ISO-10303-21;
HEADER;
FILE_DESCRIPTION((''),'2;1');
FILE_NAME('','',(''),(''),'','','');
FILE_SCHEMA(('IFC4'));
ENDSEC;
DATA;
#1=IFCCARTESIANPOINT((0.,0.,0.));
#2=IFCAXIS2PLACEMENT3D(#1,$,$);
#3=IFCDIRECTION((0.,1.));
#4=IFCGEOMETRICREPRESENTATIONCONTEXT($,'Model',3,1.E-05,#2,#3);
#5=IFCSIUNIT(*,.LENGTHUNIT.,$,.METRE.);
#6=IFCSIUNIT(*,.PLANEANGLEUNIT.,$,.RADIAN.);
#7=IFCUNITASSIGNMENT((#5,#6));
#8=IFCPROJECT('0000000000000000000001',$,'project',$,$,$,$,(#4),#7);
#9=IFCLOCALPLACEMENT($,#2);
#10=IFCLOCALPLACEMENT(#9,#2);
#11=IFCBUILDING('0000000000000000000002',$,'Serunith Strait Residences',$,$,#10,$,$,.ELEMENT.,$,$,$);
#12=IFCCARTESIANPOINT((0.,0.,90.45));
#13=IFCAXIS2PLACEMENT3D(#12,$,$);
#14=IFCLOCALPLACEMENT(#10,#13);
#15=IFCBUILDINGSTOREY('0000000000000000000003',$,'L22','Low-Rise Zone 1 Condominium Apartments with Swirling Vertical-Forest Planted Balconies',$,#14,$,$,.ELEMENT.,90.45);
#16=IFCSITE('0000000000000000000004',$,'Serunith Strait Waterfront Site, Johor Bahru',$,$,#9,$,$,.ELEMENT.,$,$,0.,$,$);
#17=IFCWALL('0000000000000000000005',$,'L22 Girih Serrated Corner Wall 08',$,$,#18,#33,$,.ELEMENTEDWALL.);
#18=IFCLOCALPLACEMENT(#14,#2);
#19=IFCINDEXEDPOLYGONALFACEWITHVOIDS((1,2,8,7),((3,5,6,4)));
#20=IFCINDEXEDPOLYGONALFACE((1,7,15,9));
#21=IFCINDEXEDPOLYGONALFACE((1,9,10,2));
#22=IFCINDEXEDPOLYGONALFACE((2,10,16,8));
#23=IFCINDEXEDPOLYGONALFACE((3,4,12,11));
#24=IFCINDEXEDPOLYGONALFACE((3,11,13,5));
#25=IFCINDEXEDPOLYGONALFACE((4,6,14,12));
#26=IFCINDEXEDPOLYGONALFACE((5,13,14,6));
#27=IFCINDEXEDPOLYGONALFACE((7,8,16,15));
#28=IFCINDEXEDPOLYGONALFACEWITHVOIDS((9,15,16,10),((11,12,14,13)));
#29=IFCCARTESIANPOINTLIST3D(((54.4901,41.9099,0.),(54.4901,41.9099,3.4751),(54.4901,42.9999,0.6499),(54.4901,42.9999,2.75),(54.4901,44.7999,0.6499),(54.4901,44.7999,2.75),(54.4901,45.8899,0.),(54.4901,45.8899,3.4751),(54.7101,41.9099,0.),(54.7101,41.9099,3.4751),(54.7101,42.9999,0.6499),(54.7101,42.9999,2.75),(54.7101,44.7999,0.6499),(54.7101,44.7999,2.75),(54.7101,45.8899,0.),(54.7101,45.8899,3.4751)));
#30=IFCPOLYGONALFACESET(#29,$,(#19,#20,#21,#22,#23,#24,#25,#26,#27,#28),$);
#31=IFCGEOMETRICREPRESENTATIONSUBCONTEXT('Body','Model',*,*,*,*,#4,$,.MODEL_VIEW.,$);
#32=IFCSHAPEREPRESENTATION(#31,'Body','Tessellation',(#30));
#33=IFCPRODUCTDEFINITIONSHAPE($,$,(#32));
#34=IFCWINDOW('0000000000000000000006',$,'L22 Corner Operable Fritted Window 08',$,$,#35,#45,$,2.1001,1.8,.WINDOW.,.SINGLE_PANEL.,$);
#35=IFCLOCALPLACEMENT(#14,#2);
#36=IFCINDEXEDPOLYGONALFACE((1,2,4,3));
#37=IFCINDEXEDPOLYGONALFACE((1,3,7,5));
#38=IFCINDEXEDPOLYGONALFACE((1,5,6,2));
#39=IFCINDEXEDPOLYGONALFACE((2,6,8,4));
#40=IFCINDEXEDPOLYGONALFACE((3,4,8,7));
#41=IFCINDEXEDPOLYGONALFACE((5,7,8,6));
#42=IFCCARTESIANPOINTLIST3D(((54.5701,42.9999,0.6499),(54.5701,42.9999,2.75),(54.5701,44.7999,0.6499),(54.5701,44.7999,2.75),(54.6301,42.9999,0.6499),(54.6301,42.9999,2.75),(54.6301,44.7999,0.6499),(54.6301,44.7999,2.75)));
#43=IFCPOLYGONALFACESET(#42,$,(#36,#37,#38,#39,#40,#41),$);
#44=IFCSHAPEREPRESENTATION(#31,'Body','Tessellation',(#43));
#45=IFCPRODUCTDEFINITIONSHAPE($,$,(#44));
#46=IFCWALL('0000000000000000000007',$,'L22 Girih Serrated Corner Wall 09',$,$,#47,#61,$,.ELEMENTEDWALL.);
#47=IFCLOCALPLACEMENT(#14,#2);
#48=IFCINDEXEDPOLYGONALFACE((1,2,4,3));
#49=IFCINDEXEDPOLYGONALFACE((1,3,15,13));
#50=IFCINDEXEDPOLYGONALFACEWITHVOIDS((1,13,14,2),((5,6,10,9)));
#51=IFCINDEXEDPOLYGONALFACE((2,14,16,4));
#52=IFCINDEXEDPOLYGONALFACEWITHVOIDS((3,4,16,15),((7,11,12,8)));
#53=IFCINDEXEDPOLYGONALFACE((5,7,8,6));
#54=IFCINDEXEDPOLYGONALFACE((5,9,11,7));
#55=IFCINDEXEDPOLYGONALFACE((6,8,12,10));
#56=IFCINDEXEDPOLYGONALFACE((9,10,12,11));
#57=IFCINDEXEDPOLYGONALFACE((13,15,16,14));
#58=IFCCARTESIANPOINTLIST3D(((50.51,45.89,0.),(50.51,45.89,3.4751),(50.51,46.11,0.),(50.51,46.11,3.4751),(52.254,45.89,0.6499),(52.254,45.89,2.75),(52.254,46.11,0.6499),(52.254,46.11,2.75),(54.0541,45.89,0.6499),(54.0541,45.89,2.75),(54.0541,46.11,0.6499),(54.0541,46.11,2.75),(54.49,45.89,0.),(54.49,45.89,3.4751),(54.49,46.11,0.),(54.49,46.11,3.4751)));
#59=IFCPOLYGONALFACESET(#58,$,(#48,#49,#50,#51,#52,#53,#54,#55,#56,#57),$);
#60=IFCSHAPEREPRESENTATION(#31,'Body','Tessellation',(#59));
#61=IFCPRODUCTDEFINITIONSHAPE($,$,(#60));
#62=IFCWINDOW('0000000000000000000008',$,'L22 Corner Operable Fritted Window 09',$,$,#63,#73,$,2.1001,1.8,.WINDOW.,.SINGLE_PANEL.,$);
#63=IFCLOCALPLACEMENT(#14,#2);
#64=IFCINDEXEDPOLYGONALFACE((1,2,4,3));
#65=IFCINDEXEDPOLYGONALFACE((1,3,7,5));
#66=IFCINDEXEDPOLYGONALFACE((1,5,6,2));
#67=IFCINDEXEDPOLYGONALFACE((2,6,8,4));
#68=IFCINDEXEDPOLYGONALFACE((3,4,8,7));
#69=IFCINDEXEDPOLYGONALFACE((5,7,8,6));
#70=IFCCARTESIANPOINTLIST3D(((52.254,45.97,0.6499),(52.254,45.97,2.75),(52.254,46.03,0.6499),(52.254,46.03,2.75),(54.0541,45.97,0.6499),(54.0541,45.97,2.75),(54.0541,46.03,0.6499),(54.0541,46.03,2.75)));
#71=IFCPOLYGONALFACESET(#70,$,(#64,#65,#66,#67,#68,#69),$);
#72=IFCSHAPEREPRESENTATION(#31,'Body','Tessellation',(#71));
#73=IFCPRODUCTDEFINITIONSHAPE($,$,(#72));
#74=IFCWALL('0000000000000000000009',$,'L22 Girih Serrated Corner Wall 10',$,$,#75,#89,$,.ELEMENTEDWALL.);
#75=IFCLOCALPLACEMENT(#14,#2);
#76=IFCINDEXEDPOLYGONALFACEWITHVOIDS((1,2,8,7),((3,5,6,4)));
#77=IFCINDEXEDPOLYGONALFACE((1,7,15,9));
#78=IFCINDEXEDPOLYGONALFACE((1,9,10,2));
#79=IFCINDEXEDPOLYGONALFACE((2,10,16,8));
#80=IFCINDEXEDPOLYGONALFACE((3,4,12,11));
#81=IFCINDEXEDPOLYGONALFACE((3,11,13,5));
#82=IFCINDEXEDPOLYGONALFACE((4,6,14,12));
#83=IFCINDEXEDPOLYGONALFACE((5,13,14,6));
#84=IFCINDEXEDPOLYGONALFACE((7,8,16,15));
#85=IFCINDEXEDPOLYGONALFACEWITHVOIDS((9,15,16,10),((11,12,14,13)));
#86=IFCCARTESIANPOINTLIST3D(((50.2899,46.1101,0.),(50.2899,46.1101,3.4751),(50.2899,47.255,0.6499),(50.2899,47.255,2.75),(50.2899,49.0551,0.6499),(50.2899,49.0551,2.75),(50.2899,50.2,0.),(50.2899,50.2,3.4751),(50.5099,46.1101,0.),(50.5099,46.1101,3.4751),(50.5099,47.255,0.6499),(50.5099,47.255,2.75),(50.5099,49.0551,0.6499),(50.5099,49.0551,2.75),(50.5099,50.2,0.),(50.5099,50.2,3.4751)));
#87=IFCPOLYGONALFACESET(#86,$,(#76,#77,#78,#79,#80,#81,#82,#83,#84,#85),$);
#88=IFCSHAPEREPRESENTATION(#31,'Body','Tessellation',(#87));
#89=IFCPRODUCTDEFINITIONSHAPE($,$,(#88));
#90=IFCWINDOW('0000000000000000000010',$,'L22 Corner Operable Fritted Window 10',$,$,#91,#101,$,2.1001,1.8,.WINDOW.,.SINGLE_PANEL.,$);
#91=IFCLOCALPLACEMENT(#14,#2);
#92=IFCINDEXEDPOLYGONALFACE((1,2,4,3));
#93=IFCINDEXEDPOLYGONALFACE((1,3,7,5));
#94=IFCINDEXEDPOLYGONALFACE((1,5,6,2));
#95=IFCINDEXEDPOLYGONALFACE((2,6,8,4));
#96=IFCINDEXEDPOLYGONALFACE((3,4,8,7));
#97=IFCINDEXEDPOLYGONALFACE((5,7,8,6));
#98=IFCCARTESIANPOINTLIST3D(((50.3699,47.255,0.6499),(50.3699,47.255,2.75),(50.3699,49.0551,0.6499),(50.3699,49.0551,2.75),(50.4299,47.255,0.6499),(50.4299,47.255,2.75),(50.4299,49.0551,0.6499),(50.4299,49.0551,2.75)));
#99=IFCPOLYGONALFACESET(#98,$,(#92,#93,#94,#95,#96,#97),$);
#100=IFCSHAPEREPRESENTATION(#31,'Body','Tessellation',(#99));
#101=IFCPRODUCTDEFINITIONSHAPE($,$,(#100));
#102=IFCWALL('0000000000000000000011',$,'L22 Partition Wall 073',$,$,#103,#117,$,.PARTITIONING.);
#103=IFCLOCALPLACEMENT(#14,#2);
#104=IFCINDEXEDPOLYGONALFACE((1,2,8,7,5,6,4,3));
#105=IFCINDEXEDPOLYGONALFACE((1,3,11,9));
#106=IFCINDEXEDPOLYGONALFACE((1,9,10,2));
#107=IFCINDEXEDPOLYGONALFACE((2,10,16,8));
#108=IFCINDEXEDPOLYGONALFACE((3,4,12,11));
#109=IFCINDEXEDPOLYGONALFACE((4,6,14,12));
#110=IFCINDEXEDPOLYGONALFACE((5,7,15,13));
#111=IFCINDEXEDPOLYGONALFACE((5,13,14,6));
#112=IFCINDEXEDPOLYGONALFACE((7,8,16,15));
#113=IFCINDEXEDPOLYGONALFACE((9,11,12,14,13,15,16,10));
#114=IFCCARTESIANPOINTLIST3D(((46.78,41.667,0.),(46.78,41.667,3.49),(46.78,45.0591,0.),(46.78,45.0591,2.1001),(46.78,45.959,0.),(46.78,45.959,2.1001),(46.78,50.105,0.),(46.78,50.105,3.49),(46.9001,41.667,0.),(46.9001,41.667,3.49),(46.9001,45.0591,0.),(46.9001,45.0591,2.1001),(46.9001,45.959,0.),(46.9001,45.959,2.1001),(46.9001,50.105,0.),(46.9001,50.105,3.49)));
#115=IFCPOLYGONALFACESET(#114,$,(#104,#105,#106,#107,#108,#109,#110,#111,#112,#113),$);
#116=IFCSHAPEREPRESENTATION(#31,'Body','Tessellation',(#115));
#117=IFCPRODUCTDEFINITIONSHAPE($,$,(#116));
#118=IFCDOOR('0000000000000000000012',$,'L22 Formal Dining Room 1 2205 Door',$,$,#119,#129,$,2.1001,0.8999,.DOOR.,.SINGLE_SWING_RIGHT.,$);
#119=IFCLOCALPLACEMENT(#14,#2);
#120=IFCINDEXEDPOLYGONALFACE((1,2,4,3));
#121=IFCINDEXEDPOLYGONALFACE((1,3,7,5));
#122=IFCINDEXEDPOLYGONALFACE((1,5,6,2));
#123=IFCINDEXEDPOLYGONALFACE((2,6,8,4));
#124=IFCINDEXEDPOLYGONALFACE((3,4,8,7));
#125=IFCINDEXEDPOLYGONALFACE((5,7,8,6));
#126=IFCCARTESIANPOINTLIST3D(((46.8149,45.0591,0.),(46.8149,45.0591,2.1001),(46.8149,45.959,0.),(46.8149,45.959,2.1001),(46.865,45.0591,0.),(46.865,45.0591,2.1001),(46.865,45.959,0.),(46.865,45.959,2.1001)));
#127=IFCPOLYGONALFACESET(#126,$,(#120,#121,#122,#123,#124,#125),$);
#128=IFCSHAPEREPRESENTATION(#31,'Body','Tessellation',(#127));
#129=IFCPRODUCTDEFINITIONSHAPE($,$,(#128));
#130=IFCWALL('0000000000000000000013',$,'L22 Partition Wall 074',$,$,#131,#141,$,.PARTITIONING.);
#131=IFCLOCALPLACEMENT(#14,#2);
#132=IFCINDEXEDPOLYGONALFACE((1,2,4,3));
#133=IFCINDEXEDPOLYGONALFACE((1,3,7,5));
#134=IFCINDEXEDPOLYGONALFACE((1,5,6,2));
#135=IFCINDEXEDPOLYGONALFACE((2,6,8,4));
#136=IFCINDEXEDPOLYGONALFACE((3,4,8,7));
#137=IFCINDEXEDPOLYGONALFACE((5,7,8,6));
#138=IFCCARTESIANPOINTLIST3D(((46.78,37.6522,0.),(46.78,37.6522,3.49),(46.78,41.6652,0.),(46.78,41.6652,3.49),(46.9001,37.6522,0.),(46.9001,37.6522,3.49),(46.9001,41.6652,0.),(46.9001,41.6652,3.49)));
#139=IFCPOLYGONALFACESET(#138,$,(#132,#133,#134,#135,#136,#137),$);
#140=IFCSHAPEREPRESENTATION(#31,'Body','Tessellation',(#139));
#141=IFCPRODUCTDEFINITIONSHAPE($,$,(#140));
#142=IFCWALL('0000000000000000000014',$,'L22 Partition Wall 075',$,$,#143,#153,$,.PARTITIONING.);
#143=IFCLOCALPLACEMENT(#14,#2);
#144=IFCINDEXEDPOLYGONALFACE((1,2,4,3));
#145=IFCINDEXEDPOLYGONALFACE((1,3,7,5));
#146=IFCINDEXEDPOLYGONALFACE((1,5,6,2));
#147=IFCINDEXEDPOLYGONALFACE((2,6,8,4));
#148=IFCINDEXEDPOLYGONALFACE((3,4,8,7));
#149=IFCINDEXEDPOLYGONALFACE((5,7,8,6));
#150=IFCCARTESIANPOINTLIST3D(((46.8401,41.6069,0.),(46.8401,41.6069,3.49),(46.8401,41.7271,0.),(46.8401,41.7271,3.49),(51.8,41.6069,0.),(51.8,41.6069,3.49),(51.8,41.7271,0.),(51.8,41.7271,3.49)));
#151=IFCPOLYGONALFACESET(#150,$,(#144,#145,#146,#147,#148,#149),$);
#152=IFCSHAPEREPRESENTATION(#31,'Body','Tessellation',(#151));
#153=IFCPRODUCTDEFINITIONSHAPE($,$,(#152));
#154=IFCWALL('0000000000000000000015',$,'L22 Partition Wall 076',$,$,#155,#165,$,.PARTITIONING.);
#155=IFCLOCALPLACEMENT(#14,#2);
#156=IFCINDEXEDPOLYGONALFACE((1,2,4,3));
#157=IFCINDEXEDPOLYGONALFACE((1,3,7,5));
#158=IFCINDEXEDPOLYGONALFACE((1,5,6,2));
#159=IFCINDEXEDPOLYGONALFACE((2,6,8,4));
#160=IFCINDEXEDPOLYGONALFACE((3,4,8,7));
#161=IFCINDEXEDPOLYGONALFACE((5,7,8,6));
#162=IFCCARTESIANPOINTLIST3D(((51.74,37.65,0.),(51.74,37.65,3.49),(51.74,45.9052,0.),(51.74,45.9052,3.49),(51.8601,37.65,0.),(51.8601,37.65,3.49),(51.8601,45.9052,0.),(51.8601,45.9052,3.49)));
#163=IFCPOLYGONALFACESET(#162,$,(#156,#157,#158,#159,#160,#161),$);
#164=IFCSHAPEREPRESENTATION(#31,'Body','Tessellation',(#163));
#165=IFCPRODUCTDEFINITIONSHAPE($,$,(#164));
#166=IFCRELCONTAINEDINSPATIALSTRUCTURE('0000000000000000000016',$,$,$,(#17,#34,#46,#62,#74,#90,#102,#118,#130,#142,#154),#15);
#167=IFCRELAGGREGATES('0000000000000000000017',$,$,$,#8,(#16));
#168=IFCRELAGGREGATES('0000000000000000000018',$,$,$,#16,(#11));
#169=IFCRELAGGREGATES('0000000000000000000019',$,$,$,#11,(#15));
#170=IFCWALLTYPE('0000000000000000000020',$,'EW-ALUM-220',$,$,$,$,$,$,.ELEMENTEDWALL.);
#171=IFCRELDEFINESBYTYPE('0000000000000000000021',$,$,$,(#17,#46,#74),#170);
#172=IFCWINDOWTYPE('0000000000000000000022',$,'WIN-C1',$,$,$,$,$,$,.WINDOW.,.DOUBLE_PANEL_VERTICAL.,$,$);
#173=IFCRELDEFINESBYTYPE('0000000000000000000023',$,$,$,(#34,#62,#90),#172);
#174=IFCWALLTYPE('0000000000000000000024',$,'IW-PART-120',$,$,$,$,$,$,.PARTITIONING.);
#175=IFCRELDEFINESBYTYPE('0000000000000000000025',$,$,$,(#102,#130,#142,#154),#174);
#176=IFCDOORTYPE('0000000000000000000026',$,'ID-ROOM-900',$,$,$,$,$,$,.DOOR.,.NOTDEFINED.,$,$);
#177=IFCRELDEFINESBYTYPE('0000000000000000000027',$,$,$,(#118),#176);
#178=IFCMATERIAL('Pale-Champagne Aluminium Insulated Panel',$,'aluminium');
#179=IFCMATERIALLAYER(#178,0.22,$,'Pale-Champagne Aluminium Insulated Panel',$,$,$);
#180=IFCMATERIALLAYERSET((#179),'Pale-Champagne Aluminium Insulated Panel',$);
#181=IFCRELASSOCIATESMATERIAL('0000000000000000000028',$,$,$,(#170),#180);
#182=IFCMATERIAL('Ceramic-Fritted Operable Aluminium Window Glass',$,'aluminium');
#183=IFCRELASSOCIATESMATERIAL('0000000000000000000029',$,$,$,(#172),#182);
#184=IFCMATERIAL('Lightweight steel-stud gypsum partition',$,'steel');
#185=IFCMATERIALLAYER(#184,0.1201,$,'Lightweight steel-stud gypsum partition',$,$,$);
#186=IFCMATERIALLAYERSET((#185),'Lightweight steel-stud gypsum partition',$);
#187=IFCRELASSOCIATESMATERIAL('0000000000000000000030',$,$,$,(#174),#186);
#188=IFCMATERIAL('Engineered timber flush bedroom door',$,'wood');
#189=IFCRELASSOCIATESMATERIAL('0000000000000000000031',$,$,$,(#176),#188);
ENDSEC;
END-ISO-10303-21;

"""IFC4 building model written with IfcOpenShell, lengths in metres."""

from ifc_helpers import new_model, si_unit, direction, frame, frame_2d, origin, place, context, subcontext, project, spatial, rectangle, extrude, source, transform, mapped, material, layer, layer_set, type_object, element, fill, save


model = new_model("IFC4")

# Units and contexts
model_context = context("Model", 3, precision=1e-05, world=origin(), true_north=direction((0.0, 1.0)))
body_context = subcontext(model_context, "Body", "Model", "MODEL_VIEW")
ifc_project = project(units=[si_unit("LENGTHUNIT", "METRE"), si_unit("PLANEANGLEUNIT", "RADIAN")], contexts=[model_context])

# Site, building, storey
site_placement = place(None, origin())
site = spatial("IfcSite", under=ifc_project, at=site_placement, Name="Serunith Strait Waterfront Site, Johor Bahru", CompositionType="ELEMENT", RefElevation=0.0)
building_placement = place(site_placement, origin())
building = spatial("IfcBuilding", under=site, at=building_placement, Name="Serunith Strait Residences", CompositionType="ELEMENT")
storey_placement = place(building_placement, frame((0.0, 0.0, 90.45)))
storey = spatial("IfcBuildingStorey", under=building, at=storey_placement, Name="L22", Description="Low-Rise Zone 1 Condominium Apartments with Swirling Vertical-Forest Planted Balconies", CompositionType="ELEMENT", Elevation=90.45)

# Walls, openings, windows
ifc_material_1 = material(Name="Pale-Champagne Aluminium Insulated Panel", Category="aluminium")
ifc_layer_1 = layer(ifc_material_1, 0.22, Name="Pale-Champagne Aluminium Insulated Panel")
ifc_layer_set_1 = layer_set([ifc_layer_1], Name="Pale-Champagne Aluminium Insulated Panel")
wall_type_1 = type_object("IfcWallType", Name="EW-ALUM-220", PredefinedType="ELEMENTEDWALL", material=ifc_layer_set_1)
ifc_material_2 = material(Name="Ceramic-Fritted Operable Aluminium Window Glass", Category="aluminium")
window_type = type_object("IfcWindowType", Name="WIN-C1", PartitioningType="DOUBLE_PANEL_VERTICAL", PredefinedType="WINDOW", material=ifc_material_2)
shared_shape_1 = source(origin(), body_context, "Body", "SweptSolid", [
    extrude(rectangle(XDim=1.8, YDim=2.1001, at=frame_2d((0.8999, 1.05))), frame((0.0, 0.03, 0.0), z_axis=(0.0, -1.0, 0.0), x_axis=(1.0, 0.0, 0.0)), (0.0, 0.0, 1.0), 0.0601),
])
wall_1_placement = place(storey_placement, frame((54.6001, 41.9099, 0.0), z_axis=(0.0, 0.0, 1.0), x_axis=(0.0, 1.0, 0.0)))
wall_1 = element("IfcWall", 1, at=wall_1_placement, inside=storey, type_object=wall_type_1, Name="L22 Girih Serrated Corner Wall 08", PredefinedType="ELEMENTEDWALL", context=body_context, shape_type="SweptSolid", body=[
    extrude(rectangle(XDim=3.98, YDim=0.22, at=frame_2d((1.99, 0.0))), origin(), (0.0, 0.0, 1.0), 3.4751),
])
opening_1_placement = place(wall_1_placement, frame((1.0901, 0.0, 0.6499)))
opening_1 = element("IfcOpeningElement", 2, at=opening_1_placement, cuts=wall_1, PredefinedType="OPENING", context=body_context, shape_type="SweptSolid", body=[
    extrude(rectangle(XDim=1.8, YDim=2.1001, at=frame_2d((0.8999, 1.05))), frame((0.0, 0.1201, 0.0), z_axis=(0.0, -1.0, 0.0), x_axis=(1.0, 0.0, 0.0)), (0.0, 0.0, 1.0), 0.24),
])
window_1_placement = place(opening_1_placement, origin())
window_1 = element("IfcWindow", 3, at=window_1_placement, inside=storey, type_object=window_type, Name="L22 Corner Operable Fritted Window 08", OverallHeight=2.1001, OverallWidth=1.8, PartitioningType="SINGLE_PANEL", PredefinedType="WINDOW", context=body_context, shape_type="MappedRepresentation", body=[
    mapped(shared_shape_1, transform((0.0, 0.0, 0.0), scale=1.0)),
])
fill(opening_1, window_1)
wall_2_placement = place(storey_placement, frame((54.49, 46.0, 0.0), z_axis=(0.0, 0.0, 1.0), x_axis=(-1.0, 0.0, 0.0)))
wall_2 = element("IfcWall", 4, at=wall_2_placement, inside=storey, type_object=wall_type_1, Name="L22 Girih Serrated Corner Wall 09", PredefinedType="ELEMENTEDWALL", context=body_context, shape_type="SweptSolid", body=[
    extrude(rectangle(XDim=3.98, YDim=0.22, at=frame_2d((1.99, 0.0))), origin(), (0.0, 0.0, 1.0), 3.4751),
])
opening_2_placement = place(wall_2_placement, frame((0.436, 0.0, 0.6499)))
opening_2 = element("IfcOpeningElement", 5, at=opening_2_placement, cuts=wall_2, PredefinedType="OPENING", context=body_context, shape_type="SweptSolid", body=[
    extrude(rectangle(XDim=1.8, YDim=2.1001, at=frame_2d((0.8999, 1.05))), frame((0.0, 0.1201, 0.0), z_axis=(0.0, -1.0, 0.0), x_axis=(1.0, 0.0, 0.0)), (0.0, 0.0, 1.0), 0.24),
])
window_2_placement = place(opening_2_placement, origin())
window_2 = element("IfcWindow", 6, at=window_2_placement, inside=storey, type_object=window_type, Name="L22 Corner Operable Fritted Window 09", OverallHeight=2.1001, OverallWidth=1.8, PartitioningType="SINGLE_PANEL", PredefinedType="WINDOW", context=body_context, shape_type="MappedRepresentation", body=[
    mapped(shared_shape_1, transform((0.0, 0.0, 0.0), scale=1.0)),
])
fill(opening_2, window_2)
wall_3_placement = place(storey_placement, frame((50.3999, 46.1101, 0.0), z_axis=(0.0, 0.0, 1.0), x_axis=(0.0, 1.0, 0.0)))
wall_3 = element("IfcWall", 7, at=wall_3_placement, inside=storey, type_object=wall_type_1, Name="L22 Girih Serrated Corner Wall 10", PredefinedType="ELEMENTEDWALL", context=body_context, shape_type="SweptSolid", body=[
    extrude(rectangle(XDim=4.0898, YDim=0.22, at=frame_2d((2.0449, 0.0))), origin(), (0.0, 0.0, 1.0), 3.4751),
])
opening_3_placement = place(wall_3_placement, frame((1.145, 0.0, 0.6499)))
opening_3 = element("IfcOpeningElement", 8, at=opening_3_placement, cuts=wall_3, PredefinedType="OPENING", context=body_context, shape_type="SweptSolid", body=[
    extrude(rectangle(XDim=1.8, YDim=2.1001, at=frame_2d((0.8999, 1.05))), frame((0.0, 0.1201, 0.0), z_axis=(0.0, -1.0, 0.0), x_axis=(1.0, 0.0, 0.0)), (0.0, 0.0, 1.0), 0.24),
])
window_3_placement = place(opening_3_placement, origin())
window_3 = element("IfcWindow", 9, at=window_3_placement, inside=storey, type_object=window_type, Name="L22 Corner Operable Fritted Window 10", OverallHeight=2.1001, OverallWidth=1.8, PartitioningType="SINGLE_PANEL", PredefinedType="WINDOW", context=body_context, shape_type="MappedRepresentation", body=[
    mapped(shared_shape_1, transform((0.0, 0.0, 0.0), scale=1.0)),
])
fill(opening_3, window_3)

# Wall, opening, door
ifc_material_3 = material(Name="Lightweight steel-stud gypsum partition", Category="steel")
ifc_layer_2 = layer(ifc_material_3, 0.1201, Name="Lightweight steel-stud gypsum partition")
ifc_layer_set_2 = layer_set([ifc_layer_2], Name="Lightweight steel-stud gypsum partition")
wall_type_2 = type_object("IfcWallType", Name="IW-PART-120", PredefinedType="PARTITIONING", material=ifc_layer_set_2)
wall_4_placement = place(storey_placement, frame((46.8401, 50.105, 0.0), z_axis=(0.0, 0.0, 1.0), x_axis=(0.0, -1.0, 0.0)))
wall_4 = element("IfcWall", 10, at=wall_4_placement, inside=storey, type_object=wall_type_2, Name="L22 Partition Wall 073", PredefinedType="PARTITIONING", context=body_context, shape_type="SweptSolid", body=[
    extrude(rectangle(XDim=8.438, YDim=0.1201, at=frame_2d((4.219, 0.0))), origin(), (0.0, 0.0, 1.0), 3.49),
])
opening_4_placement = place(wall_4_placement, frame((4.146, 0.0, 0.0)))
opening_4 = element("IfcOpeningElement", 11, at=opening_4_placement, cuts=wall_4, PredefinedType="OPENING", context=body_context, shape_type="SweptSolid", body=[
    extrude(rectangle(XDim=0.8999, YDim=2.1001, at=frame_2d((0.45, 1.05))), frame((0.0, 0.0701, 0.0), z_axis=(0.0, -1.0, 0.0), x_axis=(1.0, 0.0, 0.0)), (0.0, 0.0, 1.0), 0.1401),
])
ifc_material_4 = material(Name="Engineered timber flush bedroom door", Category="wood")
door_type = type_object("IfcDoorType", Name="ID-ROOM-900", OperationType="NOTDEFINED", PredefinedType="DOOR", material=ifc_material_4)
shared_shape_2 = source(origin(), body_context, "Body", "SweptSolid", [
    extrude(rectangle(XDim=0.8999, YDim=2.1001, at=frame_2d((0.45, 1.05))), frame((0.0, 0.0249, 0.0), z_axis=(0.0, -1.0, 0.0), x_axis=(1.0, 0.0, 0.0)), (0.0, 0.0, 1.0), 0.05),
])
door_placement = place(opening_4_placement, origin())
door = element("IfcDoor", 12, at=door_placement, inside=storey, type_object=door_type, Name="L22 Formal Dining Room 1 2205 Door", OperationType="SINGLE_SWING_RIGHT", OverallHeight=2.1001, OverallWidth=0.8999, PredefinedType="DOOR", context=body_context, shape_type="MappedRepresentation", body=[
    mapped(shared_shape_2, transform((0.0, 0.0, 0.0), scale=1.0)),
])
fill(opening_4, door)

# Walls
wall_5_placement = place(storey_placement, frame((46.8401, 41.665, 0.0), z_axis=(0.0, 0.0, 1.0), x_axis=(0.0, -1.0, 0.0)))
element("IfcWall", 13, at=wall_5_placement, inside=storey, type_object=wall_type_2, Name="L22 Partition Wall 074", PredefinedType="PARTITIONING", context=body_context, shape_type="SweptSolid", body=[
    extrude(rectangle(XDim=4.0129, YDim=0.1201, at=frame_2d((2.0063, 0.0))), origin(), (0.0, 0.0, 1.0), 3.49),
])
wall_6_placement = place(storey_placement, frame((46.8401, 41.667, 0.0), z_axis=(0.0, 0.0, 1.0), x_axis=(1.0, 0.0, 0.0)))
element("IfcWall", 14, at=wall_6_placement, inside=storey, type_object=wall_type_2, Name="L22 Partition Wall 075", PredefinedType="PARTITIONING", context=body_context, shape_type="SweptSolid", body=[
    extrude(rectangle(XDim=4.96, YDim=0.1201, at=frame_2d((2.48, 0.0))), origin(), (0.0, 0.0, 1.0), 3.49),
])
wall_7_placement = place(storey_placement, frame((51.8, 45.905, 0.0), z_axis=(0.0, 0.0, 1.0), x_axis=(0.0, -1.0, 0.0)))
element("IfcWall", 15, at=wall_7_placement, inside=storey, type_object=wall_type_2, Name="L22 Partition Wall 076", PredefinedType="PARTITIONING", context=body_context, shape_type="SweptSolid", body=[
    extrude(rectangle(XDim=8.2551, YDim=0.1201, at=frame_2d((4.1274, 0.0))), origin(), (0.0, 0.0, 1.0), 3.49),
])

save(model, "model.ifc")
